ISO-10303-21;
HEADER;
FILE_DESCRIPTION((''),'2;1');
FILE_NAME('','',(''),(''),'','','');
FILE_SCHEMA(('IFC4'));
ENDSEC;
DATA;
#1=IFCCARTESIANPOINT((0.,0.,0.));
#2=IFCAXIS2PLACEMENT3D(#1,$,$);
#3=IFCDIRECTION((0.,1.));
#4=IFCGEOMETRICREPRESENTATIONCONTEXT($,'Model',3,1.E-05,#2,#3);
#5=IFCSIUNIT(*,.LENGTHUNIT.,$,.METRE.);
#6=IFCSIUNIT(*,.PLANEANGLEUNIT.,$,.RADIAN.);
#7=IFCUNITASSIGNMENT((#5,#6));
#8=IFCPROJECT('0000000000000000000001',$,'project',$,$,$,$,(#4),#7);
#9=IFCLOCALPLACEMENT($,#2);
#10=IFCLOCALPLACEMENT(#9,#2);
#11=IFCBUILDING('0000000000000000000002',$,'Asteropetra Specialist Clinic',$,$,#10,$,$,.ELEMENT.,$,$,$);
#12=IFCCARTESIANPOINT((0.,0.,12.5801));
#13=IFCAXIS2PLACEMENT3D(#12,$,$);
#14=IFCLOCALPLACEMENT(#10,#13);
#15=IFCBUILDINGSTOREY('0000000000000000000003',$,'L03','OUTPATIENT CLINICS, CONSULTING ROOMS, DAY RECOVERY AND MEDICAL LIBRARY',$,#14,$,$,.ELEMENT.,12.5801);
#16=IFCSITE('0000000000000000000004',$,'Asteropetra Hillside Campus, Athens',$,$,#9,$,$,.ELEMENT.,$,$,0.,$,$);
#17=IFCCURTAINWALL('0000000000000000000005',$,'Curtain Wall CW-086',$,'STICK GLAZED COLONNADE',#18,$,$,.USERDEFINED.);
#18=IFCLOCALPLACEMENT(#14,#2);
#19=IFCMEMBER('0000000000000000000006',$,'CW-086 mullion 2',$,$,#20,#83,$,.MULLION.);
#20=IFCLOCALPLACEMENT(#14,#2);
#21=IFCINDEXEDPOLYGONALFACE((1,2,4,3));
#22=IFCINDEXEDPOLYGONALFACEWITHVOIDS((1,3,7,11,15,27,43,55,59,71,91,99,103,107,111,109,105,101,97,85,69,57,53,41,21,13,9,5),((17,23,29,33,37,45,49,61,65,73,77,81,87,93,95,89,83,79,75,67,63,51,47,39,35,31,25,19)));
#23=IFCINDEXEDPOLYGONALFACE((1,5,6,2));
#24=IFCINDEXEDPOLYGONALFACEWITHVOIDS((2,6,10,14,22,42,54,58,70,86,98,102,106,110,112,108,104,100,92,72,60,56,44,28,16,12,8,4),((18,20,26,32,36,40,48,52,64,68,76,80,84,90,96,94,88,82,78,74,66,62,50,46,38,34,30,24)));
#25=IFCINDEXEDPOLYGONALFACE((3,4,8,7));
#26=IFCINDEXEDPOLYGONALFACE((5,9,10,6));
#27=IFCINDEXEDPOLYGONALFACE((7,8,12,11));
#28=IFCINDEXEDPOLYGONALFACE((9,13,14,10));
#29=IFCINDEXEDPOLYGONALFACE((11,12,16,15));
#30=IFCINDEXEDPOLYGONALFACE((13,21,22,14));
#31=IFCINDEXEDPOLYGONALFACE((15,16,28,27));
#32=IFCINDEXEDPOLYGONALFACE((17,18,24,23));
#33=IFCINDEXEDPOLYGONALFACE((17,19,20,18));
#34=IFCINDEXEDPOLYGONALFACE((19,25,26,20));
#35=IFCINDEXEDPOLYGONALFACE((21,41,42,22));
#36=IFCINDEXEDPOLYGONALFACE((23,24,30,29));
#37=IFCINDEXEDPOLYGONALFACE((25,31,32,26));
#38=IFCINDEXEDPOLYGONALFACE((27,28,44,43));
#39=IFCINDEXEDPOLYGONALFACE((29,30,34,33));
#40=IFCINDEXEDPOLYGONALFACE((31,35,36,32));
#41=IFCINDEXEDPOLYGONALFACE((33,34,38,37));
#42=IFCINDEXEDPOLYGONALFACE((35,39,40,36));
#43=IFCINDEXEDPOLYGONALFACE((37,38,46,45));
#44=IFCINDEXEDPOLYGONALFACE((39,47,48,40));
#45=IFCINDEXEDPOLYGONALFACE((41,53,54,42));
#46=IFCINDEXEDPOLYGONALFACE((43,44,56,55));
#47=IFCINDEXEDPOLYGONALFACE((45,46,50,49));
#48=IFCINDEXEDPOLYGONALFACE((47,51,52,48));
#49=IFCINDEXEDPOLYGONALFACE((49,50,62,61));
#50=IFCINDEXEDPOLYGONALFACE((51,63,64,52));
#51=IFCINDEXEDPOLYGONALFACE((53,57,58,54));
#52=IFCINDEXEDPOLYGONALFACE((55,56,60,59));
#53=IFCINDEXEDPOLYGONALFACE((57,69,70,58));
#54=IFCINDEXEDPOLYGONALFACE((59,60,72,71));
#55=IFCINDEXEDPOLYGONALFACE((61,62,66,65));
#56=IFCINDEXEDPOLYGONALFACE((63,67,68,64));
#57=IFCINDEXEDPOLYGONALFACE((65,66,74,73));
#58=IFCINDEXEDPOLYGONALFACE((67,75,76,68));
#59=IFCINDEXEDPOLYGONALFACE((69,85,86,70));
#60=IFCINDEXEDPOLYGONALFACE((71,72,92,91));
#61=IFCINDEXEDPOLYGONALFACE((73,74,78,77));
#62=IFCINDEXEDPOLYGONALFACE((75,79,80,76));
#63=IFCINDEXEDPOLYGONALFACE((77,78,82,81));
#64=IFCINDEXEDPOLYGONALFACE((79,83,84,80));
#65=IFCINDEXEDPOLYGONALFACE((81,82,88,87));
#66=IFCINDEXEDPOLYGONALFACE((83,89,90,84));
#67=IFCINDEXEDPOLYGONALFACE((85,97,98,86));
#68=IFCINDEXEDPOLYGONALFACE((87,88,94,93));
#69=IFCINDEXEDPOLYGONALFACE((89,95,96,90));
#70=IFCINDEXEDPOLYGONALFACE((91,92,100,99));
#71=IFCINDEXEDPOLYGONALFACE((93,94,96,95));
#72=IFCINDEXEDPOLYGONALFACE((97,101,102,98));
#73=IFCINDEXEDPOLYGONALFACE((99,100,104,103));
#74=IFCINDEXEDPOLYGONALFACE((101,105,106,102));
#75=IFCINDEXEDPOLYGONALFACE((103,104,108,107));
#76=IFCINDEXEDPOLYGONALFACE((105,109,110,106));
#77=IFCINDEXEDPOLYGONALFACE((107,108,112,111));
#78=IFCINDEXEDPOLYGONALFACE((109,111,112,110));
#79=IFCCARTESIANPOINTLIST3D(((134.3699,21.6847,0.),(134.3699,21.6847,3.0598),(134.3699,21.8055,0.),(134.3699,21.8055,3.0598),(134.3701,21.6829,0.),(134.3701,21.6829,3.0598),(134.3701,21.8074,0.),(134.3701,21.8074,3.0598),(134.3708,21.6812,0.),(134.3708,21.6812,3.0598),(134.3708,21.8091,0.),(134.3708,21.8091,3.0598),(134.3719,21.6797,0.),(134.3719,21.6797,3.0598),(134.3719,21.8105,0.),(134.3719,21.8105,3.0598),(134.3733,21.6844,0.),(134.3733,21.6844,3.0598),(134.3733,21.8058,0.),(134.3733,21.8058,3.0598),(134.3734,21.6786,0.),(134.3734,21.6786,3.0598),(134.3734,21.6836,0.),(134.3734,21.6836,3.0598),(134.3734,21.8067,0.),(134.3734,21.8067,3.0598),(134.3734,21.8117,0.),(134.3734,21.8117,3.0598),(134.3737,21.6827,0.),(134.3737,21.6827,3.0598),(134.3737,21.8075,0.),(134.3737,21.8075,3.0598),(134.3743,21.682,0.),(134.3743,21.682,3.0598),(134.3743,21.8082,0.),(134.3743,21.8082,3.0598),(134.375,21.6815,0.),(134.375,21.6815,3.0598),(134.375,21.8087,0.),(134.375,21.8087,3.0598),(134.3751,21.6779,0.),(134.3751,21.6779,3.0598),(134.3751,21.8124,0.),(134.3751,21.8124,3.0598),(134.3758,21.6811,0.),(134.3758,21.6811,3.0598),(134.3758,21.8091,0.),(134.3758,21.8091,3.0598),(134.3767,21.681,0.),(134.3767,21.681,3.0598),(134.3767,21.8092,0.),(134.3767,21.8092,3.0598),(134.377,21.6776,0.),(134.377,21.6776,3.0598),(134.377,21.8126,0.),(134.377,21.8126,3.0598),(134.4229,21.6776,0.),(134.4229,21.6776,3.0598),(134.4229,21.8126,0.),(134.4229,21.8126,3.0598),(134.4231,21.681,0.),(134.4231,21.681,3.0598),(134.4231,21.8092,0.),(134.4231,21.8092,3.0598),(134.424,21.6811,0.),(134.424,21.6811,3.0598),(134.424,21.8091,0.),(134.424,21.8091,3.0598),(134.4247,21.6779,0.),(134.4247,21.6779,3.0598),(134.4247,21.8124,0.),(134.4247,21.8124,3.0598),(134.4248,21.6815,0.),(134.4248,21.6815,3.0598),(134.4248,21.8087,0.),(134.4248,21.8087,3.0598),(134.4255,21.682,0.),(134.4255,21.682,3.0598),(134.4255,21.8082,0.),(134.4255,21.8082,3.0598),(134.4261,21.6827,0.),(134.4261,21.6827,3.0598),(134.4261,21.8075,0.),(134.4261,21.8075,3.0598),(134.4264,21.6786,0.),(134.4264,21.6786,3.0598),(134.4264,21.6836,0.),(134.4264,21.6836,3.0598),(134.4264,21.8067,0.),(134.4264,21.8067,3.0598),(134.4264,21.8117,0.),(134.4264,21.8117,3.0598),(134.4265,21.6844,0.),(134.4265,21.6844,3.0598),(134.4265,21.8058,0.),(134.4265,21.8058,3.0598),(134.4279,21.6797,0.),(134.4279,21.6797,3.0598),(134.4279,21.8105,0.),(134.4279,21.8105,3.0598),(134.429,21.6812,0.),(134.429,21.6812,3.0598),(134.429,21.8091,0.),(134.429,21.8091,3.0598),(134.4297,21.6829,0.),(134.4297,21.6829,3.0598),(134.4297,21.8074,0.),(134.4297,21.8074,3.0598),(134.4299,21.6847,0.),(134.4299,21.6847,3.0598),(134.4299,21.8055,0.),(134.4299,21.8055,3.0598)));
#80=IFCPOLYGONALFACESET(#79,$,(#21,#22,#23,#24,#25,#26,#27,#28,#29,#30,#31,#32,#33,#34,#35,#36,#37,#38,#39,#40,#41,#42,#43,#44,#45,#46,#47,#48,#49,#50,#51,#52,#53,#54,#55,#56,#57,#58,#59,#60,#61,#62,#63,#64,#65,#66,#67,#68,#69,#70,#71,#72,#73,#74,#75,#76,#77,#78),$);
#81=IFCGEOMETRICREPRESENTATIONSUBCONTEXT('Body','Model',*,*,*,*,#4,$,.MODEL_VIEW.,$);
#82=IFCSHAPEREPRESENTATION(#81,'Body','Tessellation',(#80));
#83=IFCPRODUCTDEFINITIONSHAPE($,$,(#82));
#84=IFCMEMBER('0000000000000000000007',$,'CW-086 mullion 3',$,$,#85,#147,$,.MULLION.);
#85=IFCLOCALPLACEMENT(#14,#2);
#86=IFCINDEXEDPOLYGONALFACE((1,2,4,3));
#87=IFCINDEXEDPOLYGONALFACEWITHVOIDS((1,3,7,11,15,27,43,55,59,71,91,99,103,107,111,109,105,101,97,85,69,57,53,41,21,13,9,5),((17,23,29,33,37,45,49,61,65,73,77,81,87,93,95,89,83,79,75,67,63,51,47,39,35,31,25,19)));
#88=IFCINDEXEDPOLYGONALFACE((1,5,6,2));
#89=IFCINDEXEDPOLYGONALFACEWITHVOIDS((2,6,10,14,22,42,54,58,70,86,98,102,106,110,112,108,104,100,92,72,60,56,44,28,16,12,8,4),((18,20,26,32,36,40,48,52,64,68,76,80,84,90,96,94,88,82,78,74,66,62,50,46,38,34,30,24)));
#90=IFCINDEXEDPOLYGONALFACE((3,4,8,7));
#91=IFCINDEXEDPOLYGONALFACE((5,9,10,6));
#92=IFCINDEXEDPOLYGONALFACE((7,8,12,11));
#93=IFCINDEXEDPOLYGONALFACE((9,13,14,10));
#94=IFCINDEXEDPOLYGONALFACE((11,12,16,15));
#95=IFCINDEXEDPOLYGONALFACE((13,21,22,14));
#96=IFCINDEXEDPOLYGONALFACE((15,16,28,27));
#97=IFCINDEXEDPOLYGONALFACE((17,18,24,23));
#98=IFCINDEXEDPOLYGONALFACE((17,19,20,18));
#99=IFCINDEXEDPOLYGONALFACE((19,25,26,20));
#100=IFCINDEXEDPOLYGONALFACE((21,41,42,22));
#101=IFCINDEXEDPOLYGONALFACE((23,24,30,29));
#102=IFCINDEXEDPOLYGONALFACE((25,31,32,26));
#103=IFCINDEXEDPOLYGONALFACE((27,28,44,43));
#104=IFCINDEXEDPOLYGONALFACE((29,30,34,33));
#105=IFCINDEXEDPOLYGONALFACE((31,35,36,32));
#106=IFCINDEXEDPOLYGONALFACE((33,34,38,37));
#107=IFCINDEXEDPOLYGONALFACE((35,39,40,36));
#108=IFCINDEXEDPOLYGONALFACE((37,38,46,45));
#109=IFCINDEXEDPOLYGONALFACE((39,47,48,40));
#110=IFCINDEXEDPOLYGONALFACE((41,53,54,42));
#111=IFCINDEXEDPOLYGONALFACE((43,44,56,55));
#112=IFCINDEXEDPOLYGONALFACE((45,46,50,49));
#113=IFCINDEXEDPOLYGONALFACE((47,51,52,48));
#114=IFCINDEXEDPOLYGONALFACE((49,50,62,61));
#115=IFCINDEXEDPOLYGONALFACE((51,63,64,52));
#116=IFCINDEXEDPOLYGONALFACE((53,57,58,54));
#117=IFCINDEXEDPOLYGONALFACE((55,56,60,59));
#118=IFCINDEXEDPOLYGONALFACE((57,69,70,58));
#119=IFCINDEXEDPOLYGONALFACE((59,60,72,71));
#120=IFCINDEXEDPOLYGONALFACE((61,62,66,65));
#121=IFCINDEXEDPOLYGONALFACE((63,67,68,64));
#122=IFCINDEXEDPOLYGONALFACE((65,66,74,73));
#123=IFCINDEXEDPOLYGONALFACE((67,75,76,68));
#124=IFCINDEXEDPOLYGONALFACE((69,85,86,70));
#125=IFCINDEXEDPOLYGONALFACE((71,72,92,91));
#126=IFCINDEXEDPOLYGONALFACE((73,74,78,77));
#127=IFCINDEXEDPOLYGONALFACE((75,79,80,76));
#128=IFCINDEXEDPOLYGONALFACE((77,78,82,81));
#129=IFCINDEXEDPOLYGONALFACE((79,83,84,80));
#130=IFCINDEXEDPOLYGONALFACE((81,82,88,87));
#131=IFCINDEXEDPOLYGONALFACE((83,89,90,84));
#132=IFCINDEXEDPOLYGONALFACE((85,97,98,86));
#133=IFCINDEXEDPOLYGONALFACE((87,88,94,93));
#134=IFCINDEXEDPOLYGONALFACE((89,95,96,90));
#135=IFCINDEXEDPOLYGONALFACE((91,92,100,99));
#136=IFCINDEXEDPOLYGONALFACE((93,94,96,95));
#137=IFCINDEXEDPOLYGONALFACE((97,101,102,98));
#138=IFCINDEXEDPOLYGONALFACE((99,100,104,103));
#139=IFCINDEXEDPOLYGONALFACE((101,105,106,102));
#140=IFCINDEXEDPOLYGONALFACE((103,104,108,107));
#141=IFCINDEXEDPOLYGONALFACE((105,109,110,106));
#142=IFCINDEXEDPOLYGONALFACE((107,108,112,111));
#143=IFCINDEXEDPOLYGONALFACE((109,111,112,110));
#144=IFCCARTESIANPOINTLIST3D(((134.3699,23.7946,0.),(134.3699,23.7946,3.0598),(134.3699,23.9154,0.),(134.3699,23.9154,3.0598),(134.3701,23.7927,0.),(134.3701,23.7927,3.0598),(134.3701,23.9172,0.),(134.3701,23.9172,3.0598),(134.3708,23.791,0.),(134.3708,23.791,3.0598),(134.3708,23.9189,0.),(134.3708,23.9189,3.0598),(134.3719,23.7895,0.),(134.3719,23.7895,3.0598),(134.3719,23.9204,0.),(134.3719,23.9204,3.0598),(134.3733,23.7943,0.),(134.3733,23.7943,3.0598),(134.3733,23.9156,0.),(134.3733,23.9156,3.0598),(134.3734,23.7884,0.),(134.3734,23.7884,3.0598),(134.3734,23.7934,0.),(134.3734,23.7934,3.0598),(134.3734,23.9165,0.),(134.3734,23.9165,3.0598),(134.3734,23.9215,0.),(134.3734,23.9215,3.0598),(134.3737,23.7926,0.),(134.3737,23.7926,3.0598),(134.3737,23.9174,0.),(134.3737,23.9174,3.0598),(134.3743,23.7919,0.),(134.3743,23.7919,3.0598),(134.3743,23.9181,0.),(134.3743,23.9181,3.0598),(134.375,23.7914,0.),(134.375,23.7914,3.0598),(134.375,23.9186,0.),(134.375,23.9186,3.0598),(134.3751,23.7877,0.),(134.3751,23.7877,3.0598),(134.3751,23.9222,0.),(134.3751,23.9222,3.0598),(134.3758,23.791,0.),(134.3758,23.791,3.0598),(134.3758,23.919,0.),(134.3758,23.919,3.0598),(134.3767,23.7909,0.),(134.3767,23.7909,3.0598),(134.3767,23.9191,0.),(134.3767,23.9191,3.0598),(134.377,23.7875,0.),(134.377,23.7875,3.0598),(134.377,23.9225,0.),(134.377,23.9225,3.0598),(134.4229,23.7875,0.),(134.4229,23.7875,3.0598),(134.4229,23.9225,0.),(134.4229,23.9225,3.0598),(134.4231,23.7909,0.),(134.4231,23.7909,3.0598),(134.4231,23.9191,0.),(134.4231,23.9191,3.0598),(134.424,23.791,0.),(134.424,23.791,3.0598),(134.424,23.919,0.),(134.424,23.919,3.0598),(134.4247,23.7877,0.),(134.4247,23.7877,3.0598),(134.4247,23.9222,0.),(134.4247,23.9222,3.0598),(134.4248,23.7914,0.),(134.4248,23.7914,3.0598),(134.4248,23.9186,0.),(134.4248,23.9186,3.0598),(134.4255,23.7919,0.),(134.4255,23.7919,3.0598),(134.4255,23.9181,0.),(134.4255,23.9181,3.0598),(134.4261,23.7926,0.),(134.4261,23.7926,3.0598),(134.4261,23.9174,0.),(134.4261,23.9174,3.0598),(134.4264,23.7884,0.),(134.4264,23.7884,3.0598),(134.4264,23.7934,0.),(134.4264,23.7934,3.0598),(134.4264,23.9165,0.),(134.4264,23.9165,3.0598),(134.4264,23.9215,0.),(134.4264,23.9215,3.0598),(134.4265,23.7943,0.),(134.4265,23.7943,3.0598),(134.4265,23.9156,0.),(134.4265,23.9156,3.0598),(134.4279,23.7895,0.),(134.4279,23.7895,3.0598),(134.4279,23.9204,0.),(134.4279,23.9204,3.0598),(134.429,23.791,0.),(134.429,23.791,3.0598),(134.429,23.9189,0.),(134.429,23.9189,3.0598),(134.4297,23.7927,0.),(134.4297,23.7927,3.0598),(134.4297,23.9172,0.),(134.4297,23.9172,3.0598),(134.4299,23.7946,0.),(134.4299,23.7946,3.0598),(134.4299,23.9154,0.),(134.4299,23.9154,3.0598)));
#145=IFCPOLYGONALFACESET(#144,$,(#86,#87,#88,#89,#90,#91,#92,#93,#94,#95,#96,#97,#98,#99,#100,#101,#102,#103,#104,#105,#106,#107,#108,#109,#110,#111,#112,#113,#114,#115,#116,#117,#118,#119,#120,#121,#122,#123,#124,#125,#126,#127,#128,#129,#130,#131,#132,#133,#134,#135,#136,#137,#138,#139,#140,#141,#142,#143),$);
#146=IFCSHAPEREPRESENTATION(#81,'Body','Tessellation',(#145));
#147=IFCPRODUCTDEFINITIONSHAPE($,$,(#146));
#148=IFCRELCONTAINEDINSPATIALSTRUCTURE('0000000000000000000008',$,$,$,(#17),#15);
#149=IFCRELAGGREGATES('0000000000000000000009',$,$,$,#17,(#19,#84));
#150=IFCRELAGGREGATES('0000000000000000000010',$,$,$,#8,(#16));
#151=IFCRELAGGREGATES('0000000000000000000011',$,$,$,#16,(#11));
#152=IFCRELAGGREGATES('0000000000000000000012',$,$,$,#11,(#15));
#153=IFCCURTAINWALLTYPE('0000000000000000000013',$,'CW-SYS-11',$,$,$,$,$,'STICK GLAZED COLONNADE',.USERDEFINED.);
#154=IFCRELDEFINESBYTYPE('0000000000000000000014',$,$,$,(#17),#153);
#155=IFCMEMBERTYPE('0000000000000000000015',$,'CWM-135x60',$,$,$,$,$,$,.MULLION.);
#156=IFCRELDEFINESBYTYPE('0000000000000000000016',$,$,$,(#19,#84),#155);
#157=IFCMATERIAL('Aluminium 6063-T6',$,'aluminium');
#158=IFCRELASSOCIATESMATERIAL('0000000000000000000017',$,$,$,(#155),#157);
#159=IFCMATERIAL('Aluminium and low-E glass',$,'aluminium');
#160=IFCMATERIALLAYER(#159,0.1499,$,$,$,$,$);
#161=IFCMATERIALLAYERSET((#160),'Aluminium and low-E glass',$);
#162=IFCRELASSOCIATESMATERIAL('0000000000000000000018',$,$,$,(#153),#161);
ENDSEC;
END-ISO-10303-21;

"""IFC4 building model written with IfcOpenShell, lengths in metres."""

from ifc_helpers import new_model, si_unit, direction, frame, origin, origin_2d, place, context, subcontext, project, spatial, hollow_rectangle, extrude, material, layer, layer_set, material_profile, profile_set, type_object, element, aggregate, save


model = new_model("IFC4")

# Units and contexts
model_context = context("Model", 3, precision=1e-05, world=origin(), true_north=direction((0.0, 1.0)))
body_context = subcontext(model_context, "Body", "Model", "MODEL_VIEW")
ifc_project = project(units=[si_unit("LENGTHUNIT", "METRE"), si_unit("PLANEANGLEUNIT", "RADIAN")], contexts=[model_context])

# Site, building, storey
site_placement = place(None, origin())
site = spatial("IfcSite", under=ifc_project, at=site_placement, Name="Asteropetra Hillside Campus, Athens", CompositionType="ELEMENT", RefElevation=0.0)
building_placement = place(site_placement, origin())
building = spatial("IfcBuilding", under=site, at=building_placement, Name="Asteropetra Specialist Clinic", CompositionType="ELEMENT")
storey_placement = place(building_placement, frame((0.0, 0.0, 12.5801)))
storey = spatial("IfcBuildingStorey", under=building, at=storey_placement, Name="L03", Description="OUTPATIENT CLINICS, CONSULTING ROOMS, DAY RECOVERY AND MEDICAL LIBRARY", CompositionType="ELEMENT", Elevation=12.5801)

# Shared definitions
ifc_material_1 = material(Name="Aluminium 6063-T6", Category="aluminium")
ifc_material_profile_1 = material_profile(ifc_material_1, hollow_rectangle(XDim=0.0601, YDim=0.135, WallThickness=0.0034, InnerFilletRadius=0.0034, OuterFilletRadius=0.0071, at=origin_2d()), Name="MUL 135x60x3.5")
ifc_profile_set_1 = profile_set([ifc_material_profile_1], Name="Aluminium 6063-T6")
member_type_1 = type_object("IfcMemberType", Name="CWM-135x60", PredefinedType="MULLION", material=ifc_profile_set_1)

# Curtain wall, members
ifc_material_2 = material(Name="Aluminium and low-E glass", Category="aluminium")
ifc_layer_1 = layer(ifc_material_2, 0.1499)
ifc_layer_set_1 = layer_set([ifc_layer_1], Name="Aluminium and low-E glass")
curtain_wall_type_1 = type_object("IfcCurtainWallType", Name="CW-SYS-11", ElementType="STICK GLAZED COLONNADE", PredefinedType="USERDEFINED", material=ifc_layer_set_1)
curtain_wall_1_placement = place(storey_placement, origin())
curtain_wall_1 = element("IfcCurtainWall", 1, at=curtain_wall_1_placement, inside=storey, type_object=curtain_wall_type_1, Name="Curtain Wall CW-086", ObjectType="STICK GLAZED COLONNADE", PredefinedType="USERDEFINED")
member_1_placement = place(storey_placement, frame((134.3999, 21.7451, 0.0), z_axis=(0.0, 0.0, 1.0), x_axis=(-1.0, 0.0, 0.0)))
member_1 = element("IfcMember", 2, at=member_1_placement, type_object=member_type_1, Name="CW-086 mullion 2", PredefinedType="MULLION", context=body_context, shape_type="SweptSolid", body=[
    extrude(hollow_rectangle(XDim=0.0601, YDim=0.135, WallThickness=0.0034, InnerFilletRadius=0.0034, OuterFilletRadius=0.0071, at=origin_2d()), origin(), (0.0, 0.0, 1.0), 3.0598),
])
member_2_placement = place(storey_placement, frame((134.3999, 23.855, 0.0), z_axis=(0.0, 0.0, 1.0), x_axis=(-1.0, 0.0, 0.0)))
member_2 = element("IfcMember", 3, at=member_2_placement, type_object=member_type_1, Name="CW-086 mullion 3", PredefinedType="MULLION", context=body_context, shape_type="SweptSolid", body=[
    extrude(hollow_rectangle(XDim=0.0601, YDim=0.135, WallThickness=0.0034, InnerFilletRadius=0.0034, OuterFilletRadius=0.0071, at=origin_2d()), origin(), (0.0, 0.0, 1.0), 3.0598),
])

aggregate(curtain_wall_1, [member_1, member_2])

save(model, "model.ifc")
